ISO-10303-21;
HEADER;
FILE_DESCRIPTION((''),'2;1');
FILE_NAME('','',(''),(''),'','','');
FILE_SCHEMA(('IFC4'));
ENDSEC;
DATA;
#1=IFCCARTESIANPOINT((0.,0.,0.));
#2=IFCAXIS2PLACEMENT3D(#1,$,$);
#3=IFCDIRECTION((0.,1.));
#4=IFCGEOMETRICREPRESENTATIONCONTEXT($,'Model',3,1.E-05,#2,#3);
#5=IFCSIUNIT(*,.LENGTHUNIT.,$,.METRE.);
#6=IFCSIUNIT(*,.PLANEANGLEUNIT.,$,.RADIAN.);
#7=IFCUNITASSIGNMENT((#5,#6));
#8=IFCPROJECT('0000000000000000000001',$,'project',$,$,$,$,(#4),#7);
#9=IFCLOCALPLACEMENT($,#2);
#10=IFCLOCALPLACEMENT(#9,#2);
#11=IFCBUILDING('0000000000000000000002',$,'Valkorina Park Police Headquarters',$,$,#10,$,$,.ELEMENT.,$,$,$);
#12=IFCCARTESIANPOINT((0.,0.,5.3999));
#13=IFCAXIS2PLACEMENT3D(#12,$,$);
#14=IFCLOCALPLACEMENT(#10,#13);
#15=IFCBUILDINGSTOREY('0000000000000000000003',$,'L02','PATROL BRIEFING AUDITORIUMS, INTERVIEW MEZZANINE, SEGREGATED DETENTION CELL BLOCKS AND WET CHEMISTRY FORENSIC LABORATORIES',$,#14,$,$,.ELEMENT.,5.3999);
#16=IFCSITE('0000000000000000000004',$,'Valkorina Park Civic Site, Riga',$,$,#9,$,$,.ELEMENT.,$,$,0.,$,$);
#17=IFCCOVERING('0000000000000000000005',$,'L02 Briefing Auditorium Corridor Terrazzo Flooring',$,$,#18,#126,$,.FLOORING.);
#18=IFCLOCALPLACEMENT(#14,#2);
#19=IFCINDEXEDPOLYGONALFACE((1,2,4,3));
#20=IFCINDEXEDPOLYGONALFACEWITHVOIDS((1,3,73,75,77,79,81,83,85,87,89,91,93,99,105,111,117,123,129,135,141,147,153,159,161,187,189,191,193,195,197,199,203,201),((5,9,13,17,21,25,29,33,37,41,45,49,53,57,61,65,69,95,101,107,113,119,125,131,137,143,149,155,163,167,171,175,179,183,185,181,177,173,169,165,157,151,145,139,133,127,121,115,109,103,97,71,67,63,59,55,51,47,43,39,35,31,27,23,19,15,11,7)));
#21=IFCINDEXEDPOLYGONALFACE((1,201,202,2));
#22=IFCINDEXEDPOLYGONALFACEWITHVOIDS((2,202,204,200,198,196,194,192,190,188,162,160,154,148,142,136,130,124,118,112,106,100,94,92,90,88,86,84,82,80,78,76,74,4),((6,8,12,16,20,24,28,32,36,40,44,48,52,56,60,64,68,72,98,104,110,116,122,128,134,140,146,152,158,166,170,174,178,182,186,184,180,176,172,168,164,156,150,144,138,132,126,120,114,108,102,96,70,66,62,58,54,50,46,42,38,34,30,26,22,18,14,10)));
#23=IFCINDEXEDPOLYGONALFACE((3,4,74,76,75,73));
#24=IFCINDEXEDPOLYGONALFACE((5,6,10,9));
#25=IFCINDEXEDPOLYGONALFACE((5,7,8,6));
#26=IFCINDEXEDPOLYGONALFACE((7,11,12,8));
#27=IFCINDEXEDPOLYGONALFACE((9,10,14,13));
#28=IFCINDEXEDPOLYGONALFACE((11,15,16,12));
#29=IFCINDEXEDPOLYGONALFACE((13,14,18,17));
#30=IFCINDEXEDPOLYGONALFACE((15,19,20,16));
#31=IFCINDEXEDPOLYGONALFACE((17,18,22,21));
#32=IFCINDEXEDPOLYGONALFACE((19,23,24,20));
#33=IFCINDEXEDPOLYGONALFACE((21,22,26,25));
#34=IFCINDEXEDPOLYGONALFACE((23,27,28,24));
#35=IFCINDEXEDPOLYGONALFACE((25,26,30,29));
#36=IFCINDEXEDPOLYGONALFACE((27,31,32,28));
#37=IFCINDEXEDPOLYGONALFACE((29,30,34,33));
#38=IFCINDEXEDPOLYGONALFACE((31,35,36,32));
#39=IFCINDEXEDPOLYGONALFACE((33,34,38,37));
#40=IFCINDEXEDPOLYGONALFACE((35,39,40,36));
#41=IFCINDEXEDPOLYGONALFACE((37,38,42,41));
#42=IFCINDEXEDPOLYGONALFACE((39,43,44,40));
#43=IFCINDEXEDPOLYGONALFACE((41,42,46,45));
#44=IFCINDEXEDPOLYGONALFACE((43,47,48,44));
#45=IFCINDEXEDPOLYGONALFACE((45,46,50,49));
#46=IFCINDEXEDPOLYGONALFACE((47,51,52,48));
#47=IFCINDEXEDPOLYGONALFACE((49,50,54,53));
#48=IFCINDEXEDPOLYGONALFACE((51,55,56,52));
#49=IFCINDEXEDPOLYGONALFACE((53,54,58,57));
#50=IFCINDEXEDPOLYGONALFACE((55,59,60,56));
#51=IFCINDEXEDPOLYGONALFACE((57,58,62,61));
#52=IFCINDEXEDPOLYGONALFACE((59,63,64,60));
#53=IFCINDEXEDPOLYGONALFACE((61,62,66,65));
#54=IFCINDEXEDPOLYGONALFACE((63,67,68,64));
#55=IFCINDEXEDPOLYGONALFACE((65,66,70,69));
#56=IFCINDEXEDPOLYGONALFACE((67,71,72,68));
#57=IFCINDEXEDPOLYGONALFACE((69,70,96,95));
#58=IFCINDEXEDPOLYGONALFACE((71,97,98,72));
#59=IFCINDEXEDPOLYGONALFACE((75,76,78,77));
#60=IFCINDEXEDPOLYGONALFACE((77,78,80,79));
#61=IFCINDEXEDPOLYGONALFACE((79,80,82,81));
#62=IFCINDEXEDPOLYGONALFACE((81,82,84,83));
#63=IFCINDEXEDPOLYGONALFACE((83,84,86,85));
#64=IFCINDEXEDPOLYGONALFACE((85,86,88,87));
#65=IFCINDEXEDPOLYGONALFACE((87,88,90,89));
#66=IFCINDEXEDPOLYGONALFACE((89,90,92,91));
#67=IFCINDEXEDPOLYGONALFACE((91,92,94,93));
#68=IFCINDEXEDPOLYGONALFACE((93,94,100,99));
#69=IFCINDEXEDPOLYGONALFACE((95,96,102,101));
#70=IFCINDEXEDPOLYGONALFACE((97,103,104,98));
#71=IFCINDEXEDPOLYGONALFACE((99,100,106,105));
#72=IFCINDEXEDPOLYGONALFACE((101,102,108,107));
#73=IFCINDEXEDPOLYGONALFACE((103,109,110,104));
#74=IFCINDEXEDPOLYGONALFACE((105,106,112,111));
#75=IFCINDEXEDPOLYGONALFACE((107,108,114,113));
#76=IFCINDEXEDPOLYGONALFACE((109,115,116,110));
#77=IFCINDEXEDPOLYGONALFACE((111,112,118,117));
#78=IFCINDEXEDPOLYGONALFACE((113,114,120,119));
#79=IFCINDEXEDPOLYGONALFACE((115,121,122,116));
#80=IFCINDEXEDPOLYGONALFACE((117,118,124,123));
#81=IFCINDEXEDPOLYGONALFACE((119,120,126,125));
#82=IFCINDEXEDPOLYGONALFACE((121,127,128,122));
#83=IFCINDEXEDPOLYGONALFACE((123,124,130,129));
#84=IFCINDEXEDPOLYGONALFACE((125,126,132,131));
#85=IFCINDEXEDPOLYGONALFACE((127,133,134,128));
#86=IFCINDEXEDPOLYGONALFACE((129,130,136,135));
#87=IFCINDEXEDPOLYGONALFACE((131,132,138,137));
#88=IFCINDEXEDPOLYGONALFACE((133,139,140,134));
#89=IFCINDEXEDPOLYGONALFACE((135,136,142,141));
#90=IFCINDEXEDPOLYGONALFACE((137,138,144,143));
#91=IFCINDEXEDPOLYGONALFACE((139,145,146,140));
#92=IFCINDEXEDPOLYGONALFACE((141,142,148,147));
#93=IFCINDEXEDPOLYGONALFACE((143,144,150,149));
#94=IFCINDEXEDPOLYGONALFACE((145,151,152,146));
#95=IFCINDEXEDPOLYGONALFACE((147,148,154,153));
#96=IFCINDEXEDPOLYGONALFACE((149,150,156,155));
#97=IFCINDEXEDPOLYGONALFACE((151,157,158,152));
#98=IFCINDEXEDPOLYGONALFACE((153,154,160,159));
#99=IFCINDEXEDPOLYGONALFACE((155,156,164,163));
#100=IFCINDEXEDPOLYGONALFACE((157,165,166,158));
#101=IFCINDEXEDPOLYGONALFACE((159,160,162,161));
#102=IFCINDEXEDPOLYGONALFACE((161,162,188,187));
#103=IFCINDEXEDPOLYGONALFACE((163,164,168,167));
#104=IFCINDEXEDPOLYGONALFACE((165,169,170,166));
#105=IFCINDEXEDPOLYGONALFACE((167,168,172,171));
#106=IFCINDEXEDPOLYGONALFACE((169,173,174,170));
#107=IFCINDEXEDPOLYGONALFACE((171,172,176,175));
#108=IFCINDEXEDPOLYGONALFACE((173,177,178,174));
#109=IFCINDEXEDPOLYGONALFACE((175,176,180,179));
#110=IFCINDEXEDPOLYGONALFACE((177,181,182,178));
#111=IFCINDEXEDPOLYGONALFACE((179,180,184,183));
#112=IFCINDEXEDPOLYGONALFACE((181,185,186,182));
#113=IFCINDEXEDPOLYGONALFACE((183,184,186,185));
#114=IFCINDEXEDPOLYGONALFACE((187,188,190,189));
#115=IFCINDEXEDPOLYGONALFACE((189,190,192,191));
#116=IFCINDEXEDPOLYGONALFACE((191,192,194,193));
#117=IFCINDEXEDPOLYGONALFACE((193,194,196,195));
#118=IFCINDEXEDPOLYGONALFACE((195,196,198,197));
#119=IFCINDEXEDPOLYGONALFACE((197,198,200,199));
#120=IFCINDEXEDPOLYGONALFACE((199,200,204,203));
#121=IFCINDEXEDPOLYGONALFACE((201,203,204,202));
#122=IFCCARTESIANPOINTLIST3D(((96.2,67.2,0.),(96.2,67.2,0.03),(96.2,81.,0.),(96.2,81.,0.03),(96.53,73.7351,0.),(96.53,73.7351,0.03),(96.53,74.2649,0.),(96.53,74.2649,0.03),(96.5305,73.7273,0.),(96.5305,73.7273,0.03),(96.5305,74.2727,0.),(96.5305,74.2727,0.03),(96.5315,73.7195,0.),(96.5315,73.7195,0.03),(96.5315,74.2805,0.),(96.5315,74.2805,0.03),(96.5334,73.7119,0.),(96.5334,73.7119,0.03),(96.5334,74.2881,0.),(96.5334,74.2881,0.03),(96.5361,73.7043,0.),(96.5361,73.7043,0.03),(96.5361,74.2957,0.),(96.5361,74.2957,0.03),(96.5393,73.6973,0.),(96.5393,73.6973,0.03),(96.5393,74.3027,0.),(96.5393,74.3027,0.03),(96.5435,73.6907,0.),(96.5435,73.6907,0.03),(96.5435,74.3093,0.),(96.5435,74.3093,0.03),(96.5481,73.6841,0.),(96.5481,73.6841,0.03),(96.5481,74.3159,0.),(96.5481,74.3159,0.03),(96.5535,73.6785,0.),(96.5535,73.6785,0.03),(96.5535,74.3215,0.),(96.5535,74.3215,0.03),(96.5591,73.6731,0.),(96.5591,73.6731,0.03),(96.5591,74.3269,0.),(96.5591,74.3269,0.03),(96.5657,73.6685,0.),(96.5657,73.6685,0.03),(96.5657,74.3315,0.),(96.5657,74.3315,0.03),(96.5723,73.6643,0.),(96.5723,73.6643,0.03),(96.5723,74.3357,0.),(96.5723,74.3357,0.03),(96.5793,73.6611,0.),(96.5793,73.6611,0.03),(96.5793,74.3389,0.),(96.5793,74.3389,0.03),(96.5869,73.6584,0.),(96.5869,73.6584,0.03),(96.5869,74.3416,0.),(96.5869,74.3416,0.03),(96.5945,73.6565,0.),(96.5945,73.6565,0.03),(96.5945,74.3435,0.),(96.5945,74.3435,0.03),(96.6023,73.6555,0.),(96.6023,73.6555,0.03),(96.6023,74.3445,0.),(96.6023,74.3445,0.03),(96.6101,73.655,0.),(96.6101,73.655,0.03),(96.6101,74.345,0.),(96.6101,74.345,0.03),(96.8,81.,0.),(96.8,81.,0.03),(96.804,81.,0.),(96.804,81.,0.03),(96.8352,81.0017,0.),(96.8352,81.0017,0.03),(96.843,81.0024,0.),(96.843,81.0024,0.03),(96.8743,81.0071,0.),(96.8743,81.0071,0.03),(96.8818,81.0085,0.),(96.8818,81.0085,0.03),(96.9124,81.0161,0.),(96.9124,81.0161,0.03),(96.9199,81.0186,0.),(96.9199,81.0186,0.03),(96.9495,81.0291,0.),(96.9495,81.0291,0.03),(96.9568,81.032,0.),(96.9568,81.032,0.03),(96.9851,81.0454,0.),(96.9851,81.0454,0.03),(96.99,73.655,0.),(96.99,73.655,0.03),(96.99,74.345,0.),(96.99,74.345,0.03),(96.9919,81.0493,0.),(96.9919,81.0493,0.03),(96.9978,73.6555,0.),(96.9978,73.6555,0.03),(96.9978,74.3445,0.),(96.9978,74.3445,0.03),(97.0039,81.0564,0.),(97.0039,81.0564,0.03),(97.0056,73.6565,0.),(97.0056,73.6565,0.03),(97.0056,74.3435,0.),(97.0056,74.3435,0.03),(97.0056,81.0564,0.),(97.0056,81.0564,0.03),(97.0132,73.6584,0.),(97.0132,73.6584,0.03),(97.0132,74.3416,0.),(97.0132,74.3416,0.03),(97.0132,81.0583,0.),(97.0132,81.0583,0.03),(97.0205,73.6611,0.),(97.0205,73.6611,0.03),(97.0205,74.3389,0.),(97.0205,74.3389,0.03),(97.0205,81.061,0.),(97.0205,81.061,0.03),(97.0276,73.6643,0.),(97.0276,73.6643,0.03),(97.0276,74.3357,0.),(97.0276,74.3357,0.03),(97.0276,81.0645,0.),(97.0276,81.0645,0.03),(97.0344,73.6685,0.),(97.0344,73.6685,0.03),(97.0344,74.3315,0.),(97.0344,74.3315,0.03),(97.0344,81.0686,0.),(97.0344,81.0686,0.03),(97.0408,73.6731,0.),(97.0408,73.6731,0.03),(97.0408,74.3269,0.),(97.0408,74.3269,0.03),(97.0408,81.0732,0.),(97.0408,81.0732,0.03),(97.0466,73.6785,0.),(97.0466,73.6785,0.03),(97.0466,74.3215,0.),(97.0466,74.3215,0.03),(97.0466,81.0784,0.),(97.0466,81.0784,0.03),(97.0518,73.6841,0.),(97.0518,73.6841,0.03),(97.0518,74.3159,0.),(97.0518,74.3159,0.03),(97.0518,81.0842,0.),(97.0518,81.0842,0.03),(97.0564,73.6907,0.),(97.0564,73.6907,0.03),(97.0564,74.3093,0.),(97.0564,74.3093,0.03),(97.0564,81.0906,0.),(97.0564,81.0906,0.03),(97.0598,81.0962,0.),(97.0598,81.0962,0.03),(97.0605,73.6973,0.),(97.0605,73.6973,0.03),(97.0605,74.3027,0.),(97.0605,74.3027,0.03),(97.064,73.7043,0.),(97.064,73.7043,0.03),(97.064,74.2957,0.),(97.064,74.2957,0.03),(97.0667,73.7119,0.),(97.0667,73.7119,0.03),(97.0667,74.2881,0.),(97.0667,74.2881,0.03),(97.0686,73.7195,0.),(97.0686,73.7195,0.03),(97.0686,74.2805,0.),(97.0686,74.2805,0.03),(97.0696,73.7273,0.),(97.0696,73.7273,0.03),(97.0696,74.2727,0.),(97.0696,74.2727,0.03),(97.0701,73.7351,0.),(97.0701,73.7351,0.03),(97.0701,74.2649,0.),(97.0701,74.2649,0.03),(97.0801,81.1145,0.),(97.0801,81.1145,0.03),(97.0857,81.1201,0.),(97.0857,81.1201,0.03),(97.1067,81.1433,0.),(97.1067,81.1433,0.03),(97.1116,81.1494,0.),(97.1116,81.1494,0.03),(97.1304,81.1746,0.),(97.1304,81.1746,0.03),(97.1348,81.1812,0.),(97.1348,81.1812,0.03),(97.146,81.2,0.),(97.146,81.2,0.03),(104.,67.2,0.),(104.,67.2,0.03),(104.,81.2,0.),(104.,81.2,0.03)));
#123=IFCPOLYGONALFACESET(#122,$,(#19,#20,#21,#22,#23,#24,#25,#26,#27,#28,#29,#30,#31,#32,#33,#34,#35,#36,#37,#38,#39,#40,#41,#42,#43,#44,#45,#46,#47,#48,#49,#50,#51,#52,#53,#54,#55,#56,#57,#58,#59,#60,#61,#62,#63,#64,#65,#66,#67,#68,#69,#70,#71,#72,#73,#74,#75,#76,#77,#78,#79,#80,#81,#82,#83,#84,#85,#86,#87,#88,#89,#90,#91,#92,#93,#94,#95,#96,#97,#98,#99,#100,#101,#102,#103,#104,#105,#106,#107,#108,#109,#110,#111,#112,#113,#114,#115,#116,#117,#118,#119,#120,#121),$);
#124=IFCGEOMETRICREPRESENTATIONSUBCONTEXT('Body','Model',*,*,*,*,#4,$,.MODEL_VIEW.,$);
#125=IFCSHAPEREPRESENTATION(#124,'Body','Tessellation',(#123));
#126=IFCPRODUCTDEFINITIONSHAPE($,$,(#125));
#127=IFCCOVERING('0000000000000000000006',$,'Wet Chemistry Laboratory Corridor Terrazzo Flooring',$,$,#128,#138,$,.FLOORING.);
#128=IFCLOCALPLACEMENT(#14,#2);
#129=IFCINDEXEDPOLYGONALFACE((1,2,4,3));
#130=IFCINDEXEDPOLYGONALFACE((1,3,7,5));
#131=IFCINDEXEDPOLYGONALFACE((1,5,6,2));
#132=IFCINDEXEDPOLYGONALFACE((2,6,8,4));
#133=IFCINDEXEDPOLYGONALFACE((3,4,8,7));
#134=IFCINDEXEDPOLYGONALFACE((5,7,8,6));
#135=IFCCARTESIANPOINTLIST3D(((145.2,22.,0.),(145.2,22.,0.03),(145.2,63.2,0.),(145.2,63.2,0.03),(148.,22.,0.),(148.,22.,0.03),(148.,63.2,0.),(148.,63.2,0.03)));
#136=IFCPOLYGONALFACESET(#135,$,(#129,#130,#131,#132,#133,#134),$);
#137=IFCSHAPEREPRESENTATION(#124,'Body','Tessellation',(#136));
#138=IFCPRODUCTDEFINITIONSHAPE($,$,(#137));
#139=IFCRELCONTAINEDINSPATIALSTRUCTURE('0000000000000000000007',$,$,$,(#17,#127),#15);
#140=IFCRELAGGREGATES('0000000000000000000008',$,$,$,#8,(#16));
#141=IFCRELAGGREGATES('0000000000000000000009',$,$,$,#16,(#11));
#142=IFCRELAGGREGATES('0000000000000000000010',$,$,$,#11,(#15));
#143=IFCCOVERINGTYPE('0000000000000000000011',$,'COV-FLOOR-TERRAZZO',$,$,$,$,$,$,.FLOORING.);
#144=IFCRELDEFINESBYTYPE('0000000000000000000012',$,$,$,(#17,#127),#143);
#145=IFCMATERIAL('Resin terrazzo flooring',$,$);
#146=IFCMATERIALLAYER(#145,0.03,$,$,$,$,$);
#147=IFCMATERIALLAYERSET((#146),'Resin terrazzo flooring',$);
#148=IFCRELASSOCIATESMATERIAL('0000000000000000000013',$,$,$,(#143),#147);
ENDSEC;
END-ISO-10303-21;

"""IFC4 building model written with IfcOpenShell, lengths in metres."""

from ifc_helpers import new_model, si_unit, direction, frame, origin, place, context, subcontext, project, spatial, polyline, outline, extrude, material, layer, layer_set, type_object, element, save


model = new_model("IFC4")

# Units and contexts
model_context = context("Model", 3, precision=1e-05, world=origin(), true_north=direction((0.0, 1.0)))
body_context = subcontext(model_context, "Body", "Model", "MODEL_VIEW")
ifc_project = project(units=[si_unit("LENGTHUNIT", "METRE"), si_unit("PLANEANGLEUNIT", "RADIAN")], contexts=[model_context])

# Site, building, storey
site_placement = place(None, origin())
site = spatial("IfcSite", under=ifc_project, at=site_placement, Name="Valkorina Park Civic Site, Riga", CompositionType="ELEMENT", RefElevation=0.0)
building_placement = place(site_placement, origin())
building = spatial("IfcBuilding", under=site, at=building_placement, Name="Valkorina Park Police Headquarters", CompositionType="ELEMENT")
storey_placement = place(building_placement, frame((0.0, 0.0, 5.3999)))
storey = spatial("IfcBuildingStorey", under=building, at=storey_placement, Name="L02", Description="PATROL BRIEFING AUDITORIUMS, INTERVIEW MEZZANINE, SEGREGATED DETENTION CELL BLOCKS AND WET CHEMISTRY FORENSIC LABORATORIES", CompositionType="ELEMENT", Elevation=5.3999)

# Coverings
ifc_material_1 = material(Name="Resin terrazzo flooring")
ifc_layer_1 = layer(ifc_material_1, 0.03)
ifc_layer_set_1 = layer_set([ifc_layer_1], Name="Resin terrazzo flooring")
covering_type_1 = type_object("IfcCoveringType", Name="COV-FLOOR-TERRAZZO", PredefinedType="FLOORING", material=ifc_layer_set_1)
covering_1_placement = place(storey_placement, origin())
element("IfcCovering", 1, at=covering_1_placement, inside=storey, type_object=covering_type_1, Name="L02 Briefing Auditorium Corridor Terrazzo Flooring", PredefinedType="FLOORING", context=body_context, shape_type="SweptSolid", body=[
    extrude(outline(polyline([(96.804, 81.0), (96.8, 81.0), (96.2, 81.0), (96.2, 67.2), (104.0, 67.2), (104.0, 81.2), (97.146, 81.2), (97.1348, 81.1812), (97.1304, 81.1746), (97.1116, 81.1494), (97.1067, 81.1433), (97.0857, 81.1201), (97.0801, 81.1145), (97.0598, 81.0962), (97.0564, 81.0906), (97.0518, 81.0842), (97.0466, 81.0784), (97.0408, 81.0732), (97.0344, 81.0686), (97.0276, 81.0645), (97.0205, 81.061), (97.0132, 81.0583), (97.0056, 81.0564), (97.0039, 81.0564), (96.9919, 81.0493), (96.9851, 81.0454), (96.9568, 81.032), (96.9495, 81.0291), (96.9199, 81.0186), (96.9124, 81.0161), (96.8818, 81.0085), (96.8743, 81.0071), (96.843, 81.0024), (96.8352, 81.0017), (96.804, 81.0)]), holes=[polyline([(97.0701, 73.7351), (97.0696, 73.7273), (97.0686, 73.7195), (97.0667, 73.7119), (97.064, 73.7043), (97.0605, 73.6973), (97.0564, 73.6907), (97.0518, 73.6841), (97.0466, 73.6785), (97.0408, 73.6731), (97.0344, 73.6685), (97.0276, 73.6643), (97.0205, 73.6611), (97.0132, 73.6584), (97.0056, 73.6565), (96.9978, 73.6555), (96.99, 73.655), (96.6101, 73.655), (96.6023, 73.6555), (96.5945, 73.6565), (96.5869, 73.6584), (96.5793, 73.6611), (96.5723, 73.6643), (96.5657, 73.6685), (96.5591, 73.6731), (96.5535, 73.6785), (96.5481, 73.6841), (96.5435, 73.6907), (96.5393, 73.6973), (96.5361, 73.7043), (96.5334, 73.7119), (96.5315, 73.7195), (96.5305, 73.7273), (96.53, 73.7351), (96.53, 74.2649), (96.5305, 74.2727), (96.5315, 74.2805), (96.5334, 74.2881), (96.5361, 74.2957), (96.5393, 74.3027), (96.5435, 74.3093), (96.5481, 74.3159), (96.5535, 74.3215), (96.5591, 74.3269), (96.5657, 74.3315), (96.5723, 74.3357), (96.5793, 74.3389), (96.5869, 74.3416), (96.5945, 74.3435), (96.6023, 74.3445), (96.6101, 74.345), (96.99, 74.345), (96.9978, 74.3445), (97.0056, 74.3435), (97.0132, 74.3416), (97.0205, 74.3389), (97.0276, 74.3357), (97.0344, 74.3315), (97.0408, 74.3269), (97.0466, 74.3215), (97.0518, 74.3159), (97.0564, 74.3093), (97.0605, 74.3027), (97.064, 74.2957), (97.0667, 74.2881), (97.0686, 74.2805), (97.0696, 74.2727), (97.0701, 74.2649), (97.0701, 73.7351)])]), origin(), (0.0, 0.0, 1.0), 0.03),
])
covering_2_placement = place(storey_placement, origin())
element("IfcCovering", 2, at=covering_2_placement, inside=storey, type_object=covering_type_1, Name="Wet Chemistry Laboratory Corridor Terrazzo Flooring", PredefinedType="FLOORING", context=body_context, shape_type="SweptSolid", body=[
    extrude(outline(polyline([(148.0, 63.2), (145.2, 63.2), (145.2, 22.0), (148.0, 22.0), (148.0, 63.2)])), origin(), (0.0, 0.0, 1.0), 0.03),
])

save(model, "model.ifc")
